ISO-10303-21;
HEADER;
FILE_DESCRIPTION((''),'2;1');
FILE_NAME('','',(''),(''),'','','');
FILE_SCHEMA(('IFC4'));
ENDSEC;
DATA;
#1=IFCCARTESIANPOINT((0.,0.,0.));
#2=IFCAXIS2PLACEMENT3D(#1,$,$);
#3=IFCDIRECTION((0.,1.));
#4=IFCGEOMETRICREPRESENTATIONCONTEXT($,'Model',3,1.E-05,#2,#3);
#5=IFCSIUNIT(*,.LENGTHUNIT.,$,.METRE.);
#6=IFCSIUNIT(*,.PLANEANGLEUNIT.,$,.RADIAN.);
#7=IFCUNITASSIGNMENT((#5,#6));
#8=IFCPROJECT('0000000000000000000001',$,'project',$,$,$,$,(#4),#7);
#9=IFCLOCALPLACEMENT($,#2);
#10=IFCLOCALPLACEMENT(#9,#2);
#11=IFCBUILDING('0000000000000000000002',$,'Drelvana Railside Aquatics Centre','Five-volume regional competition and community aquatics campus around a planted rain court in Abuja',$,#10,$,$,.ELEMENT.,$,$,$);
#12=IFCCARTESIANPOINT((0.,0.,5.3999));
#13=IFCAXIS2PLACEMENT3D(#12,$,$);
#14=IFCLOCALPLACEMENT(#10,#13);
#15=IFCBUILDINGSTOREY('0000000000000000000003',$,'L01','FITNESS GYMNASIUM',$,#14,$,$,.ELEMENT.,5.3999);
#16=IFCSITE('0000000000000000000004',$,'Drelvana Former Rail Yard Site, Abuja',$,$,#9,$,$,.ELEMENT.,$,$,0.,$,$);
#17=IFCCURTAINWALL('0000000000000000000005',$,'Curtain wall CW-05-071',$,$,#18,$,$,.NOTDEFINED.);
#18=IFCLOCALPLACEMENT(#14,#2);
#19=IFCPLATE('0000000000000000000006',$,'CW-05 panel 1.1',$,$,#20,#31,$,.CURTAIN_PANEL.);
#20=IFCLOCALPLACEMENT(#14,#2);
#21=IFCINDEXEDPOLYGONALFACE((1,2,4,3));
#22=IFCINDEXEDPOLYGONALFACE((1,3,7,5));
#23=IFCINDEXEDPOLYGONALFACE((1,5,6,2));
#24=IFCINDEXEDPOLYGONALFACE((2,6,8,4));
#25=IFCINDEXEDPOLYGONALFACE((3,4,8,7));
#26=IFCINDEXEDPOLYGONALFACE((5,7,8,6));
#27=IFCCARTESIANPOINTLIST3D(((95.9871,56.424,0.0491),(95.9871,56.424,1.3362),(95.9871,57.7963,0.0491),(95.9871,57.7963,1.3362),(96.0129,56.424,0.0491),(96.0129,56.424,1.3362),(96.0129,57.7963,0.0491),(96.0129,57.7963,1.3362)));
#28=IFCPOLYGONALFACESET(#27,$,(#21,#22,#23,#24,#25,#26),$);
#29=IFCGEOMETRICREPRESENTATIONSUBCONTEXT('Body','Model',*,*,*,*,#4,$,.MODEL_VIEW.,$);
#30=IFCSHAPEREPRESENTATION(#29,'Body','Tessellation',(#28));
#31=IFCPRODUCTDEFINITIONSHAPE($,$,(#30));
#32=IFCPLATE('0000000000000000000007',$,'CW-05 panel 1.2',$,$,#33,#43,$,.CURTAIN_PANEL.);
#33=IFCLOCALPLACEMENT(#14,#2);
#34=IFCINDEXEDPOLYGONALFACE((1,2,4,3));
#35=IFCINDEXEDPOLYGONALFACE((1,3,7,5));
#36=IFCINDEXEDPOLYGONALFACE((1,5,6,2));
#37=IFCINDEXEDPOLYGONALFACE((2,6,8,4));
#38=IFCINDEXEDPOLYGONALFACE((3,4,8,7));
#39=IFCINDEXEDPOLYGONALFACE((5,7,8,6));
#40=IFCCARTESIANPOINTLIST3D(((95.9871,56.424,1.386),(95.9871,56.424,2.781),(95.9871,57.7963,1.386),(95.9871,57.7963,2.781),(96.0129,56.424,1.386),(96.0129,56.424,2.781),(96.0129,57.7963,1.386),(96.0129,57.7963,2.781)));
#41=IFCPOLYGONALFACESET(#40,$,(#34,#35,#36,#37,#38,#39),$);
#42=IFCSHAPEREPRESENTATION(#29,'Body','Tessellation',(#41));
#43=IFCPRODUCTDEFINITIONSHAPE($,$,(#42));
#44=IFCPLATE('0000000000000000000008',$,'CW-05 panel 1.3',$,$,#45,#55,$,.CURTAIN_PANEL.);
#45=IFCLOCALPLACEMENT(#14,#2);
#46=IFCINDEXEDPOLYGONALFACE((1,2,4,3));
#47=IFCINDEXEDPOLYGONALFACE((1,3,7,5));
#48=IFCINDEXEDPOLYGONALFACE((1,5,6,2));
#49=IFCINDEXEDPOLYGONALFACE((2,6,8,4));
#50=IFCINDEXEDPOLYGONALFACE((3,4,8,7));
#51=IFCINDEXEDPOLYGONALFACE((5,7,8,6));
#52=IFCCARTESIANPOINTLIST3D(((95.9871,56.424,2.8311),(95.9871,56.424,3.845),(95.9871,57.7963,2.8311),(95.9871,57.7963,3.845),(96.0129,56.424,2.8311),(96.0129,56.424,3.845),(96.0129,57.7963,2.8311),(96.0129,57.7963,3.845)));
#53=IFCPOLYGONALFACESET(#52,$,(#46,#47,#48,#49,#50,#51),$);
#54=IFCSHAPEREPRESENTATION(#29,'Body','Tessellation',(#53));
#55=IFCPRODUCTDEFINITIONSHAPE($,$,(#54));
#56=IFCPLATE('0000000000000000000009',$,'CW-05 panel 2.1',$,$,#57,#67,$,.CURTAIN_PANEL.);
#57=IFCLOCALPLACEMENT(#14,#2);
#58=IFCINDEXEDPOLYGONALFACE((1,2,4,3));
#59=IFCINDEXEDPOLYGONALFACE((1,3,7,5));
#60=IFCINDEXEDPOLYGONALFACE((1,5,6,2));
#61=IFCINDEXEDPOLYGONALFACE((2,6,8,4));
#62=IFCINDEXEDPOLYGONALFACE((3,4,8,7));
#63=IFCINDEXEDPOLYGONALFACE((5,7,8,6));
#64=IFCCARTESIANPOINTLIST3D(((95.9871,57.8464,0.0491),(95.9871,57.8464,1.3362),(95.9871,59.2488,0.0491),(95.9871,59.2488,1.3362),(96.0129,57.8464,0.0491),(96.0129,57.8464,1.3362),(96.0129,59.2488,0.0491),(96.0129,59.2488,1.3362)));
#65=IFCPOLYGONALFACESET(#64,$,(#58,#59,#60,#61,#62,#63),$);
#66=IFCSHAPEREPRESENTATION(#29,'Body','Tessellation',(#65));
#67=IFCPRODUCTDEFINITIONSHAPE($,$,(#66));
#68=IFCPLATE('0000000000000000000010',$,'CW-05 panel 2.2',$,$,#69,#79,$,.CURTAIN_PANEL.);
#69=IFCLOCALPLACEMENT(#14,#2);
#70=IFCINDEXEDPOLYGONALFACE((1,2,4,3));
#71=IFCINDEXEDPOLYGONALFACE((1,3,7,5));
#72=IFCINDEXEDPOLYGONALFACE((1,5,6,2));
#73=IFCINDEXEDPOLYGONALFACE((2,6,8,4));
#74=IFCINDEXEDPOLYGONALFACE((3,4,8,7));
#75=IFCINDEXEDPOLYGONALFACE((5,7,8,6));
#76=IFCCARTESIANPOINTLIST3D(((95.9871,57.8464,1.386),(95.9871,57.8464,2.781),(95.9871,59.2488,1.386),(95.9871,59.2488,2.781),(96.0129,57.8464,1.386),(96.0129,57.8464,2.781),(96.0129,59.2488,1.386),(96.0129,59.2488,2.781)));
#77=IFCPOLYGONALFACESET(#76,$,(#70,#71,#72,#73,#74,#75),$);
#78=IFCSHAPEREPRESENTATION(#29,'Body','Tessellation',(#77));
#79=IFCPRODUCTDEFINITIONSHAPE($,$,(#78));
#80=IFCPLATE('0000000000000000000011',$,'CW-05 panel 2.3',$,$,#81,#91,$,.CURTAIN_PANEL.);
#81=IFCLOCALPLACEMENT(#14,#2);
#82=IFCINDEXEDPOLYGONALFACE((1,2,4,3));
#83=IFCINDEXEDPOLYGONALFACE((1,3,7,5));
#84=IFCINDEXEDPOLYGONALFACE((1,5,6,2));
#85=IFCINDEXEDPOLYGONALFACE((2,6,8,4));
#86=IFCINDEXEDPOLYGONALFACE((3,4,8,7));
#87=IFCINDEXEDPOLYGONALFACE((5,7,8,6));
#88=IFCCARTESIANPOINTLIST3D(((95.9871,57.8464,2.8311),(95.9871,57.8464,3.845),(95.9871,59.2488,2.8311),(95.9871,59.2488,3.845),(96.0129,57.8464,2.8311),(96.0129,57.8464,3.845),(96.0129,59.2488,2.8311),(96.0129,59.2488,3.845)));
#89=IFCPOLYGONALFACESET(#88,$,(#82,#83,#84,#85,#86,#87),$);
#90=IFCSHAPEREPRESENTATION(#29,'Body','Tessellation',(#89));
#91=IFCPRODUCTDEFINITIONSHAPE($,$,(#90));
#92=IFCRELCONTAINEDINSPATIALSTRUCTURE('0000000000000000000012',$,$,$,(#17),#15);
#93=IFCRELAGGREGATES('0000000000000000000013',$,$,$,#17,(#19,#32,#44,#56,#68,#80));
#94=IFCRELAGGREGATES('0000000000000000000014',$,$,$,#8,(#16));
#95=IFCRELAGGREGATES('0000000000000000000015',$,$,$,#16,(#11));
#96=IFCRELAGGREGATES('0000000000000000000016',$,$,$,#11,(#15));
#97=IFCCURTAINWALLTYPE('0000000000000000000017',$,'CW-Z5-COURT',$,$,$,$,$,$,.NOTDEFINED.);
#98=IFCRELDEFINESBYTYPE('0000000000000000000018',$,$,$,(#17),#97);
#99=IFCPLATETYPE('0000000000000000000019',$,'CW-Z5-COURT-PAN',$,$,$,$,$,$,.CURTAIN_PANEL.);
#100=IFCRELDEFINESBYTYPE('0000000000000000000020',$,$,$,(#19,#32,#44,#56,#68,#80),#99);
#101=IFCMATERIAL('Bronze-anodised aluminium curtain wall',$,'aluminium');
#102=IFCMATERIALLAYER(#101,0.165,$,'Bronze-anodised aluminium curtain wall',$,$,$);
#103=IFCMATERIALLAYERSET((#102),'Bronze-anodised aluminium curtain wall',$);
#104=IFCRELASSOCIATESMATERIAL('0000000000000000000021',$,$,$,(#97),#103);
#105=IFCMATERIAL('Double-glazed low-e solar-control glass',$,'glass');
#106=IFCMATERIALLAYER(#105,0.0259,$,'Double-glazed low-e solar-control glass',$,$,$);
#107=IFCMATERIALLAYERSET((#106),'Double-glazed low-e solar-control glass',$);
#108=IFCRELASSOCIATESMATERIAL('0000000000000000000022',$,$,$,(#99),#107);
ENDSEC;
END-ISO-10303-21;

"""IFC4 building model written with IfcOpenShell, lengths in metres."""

from ifc_helpers import new_model, si_unit, direction, frame, origin, origin_2d, place, context, subcontext, project, spatial, rectangle, extrude, material, layer, layer_set, type_object, element, aggregate, save


model = new_model("IFC4")

# Units and contexts
model_context = context("Model", 3, precision=1e-05, world=origin(), true_north=direction((0.0, 1.0)))
body_context = subcontext(model_context, "Body", "Model", "MODEL_VIEW")
ifc_project = project(units=[si_unit("LENGTHUNIT", "METRE"), si_unit("PLANEANGLEUNIT", "RADIAN")], contexts=[model_context])

# Site, building, storey
site_placement = place(None, origin())
site = spatial("IfcSite", under=ifc_project, at=site_placement, Name="Drelvana Former Rail Yard Site, Abuja", CompositionType="ELEMENT", RefElevation=0.0)
building_placement = place(site_placement, origin())
building = spatial("IfcBuilding", under=site, at=building_placement, Name="Drelvana Railside Aquatics Centre", Description="Five-volume regional competition and community aquatics campus around a planted rain court in Abuja", CompositionType="ELEMENT")
storey_placement = place(building_placement, frame((0.0, 0.0, 5.3999)))
storey = spatial("IfcBuildingStorey", under=building, at=storey_placement, Name="L01", Description="FITNESS GYMNASIUM", CompositionType="ELEMENT", Elevation=5.3999)

# Curtain wall
ifc_material_1 = material(Name="Bronze-anodised aluminium curtain wall", Category="aluminium")
ifc_layer_1 = layer(ifc_material_1, 0.165, Name="Bronze-anodised aluminium curtain wall")
ifc_layer_set_1 = layer_set([ifc_layer_1], Name="Bronze-anodised aluminium curtain wall")
curtain_wall_type = type_object("IfcCurtainWallType", Name="CW-Z5-COURT", PredefinedType="NOTDEFINED", material=ifc_layer_set_1)
curtain_wall_1_placement = place(storey_placement, origin())
curtain_wall_1 = element("IfcCurtainWall", 1, at=curtain_wall_1_placement, inside=storey, type_object=curtain_wall_type, Name="Curtain wall CW-05-071", PredefinedType="NOTDEFINED")

# Plates
ifc_material_2 = material(Name="Double-glazed low-e solar-control glass", Category="glass")
ifc_layer_2 = layer(ifc_material_2, 0.0259, Name="Double-glazed low-e solar-control glass")
ifc_layer_set_2 = layer_set([ifc_layer_2], Name="Double-glazed low-e solar-control glass")
plate_type = type_object("IfcPlateType", Name="CW-Z5-COURT-PAN", PredefinedType="CURTAIN_PANEL", material=ifc_layer_set_2)
plate_1_placement = place(storey_placement, frame((96.0, 57.1101, 0.0491), z_axis=(0.0, 0.0, 1.0), x_axis=(0.0, 1.0, 0.0)))
plate_1 = element("IfcPlate", 2, at=plate_1_placement, type_object=plate_type, Name="CW-05 panel 1.1", PredefinedType="CURTAIN_PANEL", context=body_context, shape_type="SweptSolid", body=[
    extrude(rectangle(XDim=1.3723, YDim=0.0259, at=origin_2d()), origin(), (0.0, 0.0, 1.0), 1.2871),
])
plate_2_placement = place(storey_placement, frame((96.0, 57.1101, 1.386), z_axis=(0.0, 0.0, 1.0), x_axis=(0.0, 1.0, 0.0)))
plate_2 = element("IfcPlate", 3, at=plate_2_placement, type_object=plate_type, Name="CW-05 panel 1.2", PredefinedType="CURTAIN_PANEL", context=body_context, shape_type="SweptSolid", body=[
    extrude(rectangle(XDim=1.3723, YDim=0.0259, at=origin_2d()), origin(), (0.0, 0.0, 1.0), 1.395),
])
plate_3_placement = place(storey_placement, frame((96.0, 57.1101, 2.8311), z_axis=(0.0, 0.0, 1.0), x_axis=(0.0, 1.0, 0.0)))
plate_3 = element("IfcPlate", 4, at=plate_3_placement, type_object=plate_type, Name="CW-05 panel 1.3", PredefinedType="CURTAIN_PANEL", context=body_context, shape_type="SweptSolid", body=[
    extrude(rectangle(XDim=1.3723, YDim=0.0259, at=origin_2d()), origin(), (0.0, 0.0, 1.0), 1.0139),
])
plate_4_placement = place(storey_placement, frame((96.0, 58.5476, 0.0491), z_axis=(0.0, 0.0, 1.0), x_axis=(0.0, 1.0, 0.0)))
plate_4 = element("IfcPlate", 5, at=plate_4_placement, type_object=plate_type, Name="CW-05 panel 2.1", PredefinedType="CURTAIN_PANEL", context=body_context, shape_type="SweptSolid", body=[
    extrude(rectangle(XDim=1.4023, YDim=0.0259, at=origin_2d()), origin(), (0.0, 0.0, 1.0), 1.2871),
])
plate_5_placement = place(storey_placement, frame((96.0, 58.5476, 1.386), z_axis=(0.0, 0.0, 1.0), x_axis=(0.0, 1.0, 0.0)))
plate_5 = element("IfcPlate", 6, at=plate_5_placement, type_object=plate_type, Name="CW-05 panel 2.2", PredefinedType="CURTAIN_PANEL", context=body_context, shape_type="SweptSolid", body=[
    extrude(rectangle(XDim=1.4023, YDim=0.0259, at=origin_2d()), origin(), (0.0, 0.0, 1.0), 1.395),
])
plate_6_placement = place(storey_placement, frame((96.0, 58.5476, 2.8311), z_axis=(0.0, 0.0, 1.0), x_axis=(0.0, 1.0, 0.0)))
plate_6 = element("IfcPlate", 7, at=plate_6_placement, type_object=plate_type, Name="CW-05 panel 2.3", PredefinedType="CURTAIN_PANEL", context=body_context, shape_type="SweptSolid", body=[
    extrude(rectangle(XDim=1.4023, YDim=0.0259, at=origin_2d()), origin(), (0.0, 0.0, 1.0), 1.0139),
])
aggregate(curtain_wall_1, [plate_1, plate_2, plate_3, plate_4, plate_5, plate_6])

save(model, "model.ifc")
